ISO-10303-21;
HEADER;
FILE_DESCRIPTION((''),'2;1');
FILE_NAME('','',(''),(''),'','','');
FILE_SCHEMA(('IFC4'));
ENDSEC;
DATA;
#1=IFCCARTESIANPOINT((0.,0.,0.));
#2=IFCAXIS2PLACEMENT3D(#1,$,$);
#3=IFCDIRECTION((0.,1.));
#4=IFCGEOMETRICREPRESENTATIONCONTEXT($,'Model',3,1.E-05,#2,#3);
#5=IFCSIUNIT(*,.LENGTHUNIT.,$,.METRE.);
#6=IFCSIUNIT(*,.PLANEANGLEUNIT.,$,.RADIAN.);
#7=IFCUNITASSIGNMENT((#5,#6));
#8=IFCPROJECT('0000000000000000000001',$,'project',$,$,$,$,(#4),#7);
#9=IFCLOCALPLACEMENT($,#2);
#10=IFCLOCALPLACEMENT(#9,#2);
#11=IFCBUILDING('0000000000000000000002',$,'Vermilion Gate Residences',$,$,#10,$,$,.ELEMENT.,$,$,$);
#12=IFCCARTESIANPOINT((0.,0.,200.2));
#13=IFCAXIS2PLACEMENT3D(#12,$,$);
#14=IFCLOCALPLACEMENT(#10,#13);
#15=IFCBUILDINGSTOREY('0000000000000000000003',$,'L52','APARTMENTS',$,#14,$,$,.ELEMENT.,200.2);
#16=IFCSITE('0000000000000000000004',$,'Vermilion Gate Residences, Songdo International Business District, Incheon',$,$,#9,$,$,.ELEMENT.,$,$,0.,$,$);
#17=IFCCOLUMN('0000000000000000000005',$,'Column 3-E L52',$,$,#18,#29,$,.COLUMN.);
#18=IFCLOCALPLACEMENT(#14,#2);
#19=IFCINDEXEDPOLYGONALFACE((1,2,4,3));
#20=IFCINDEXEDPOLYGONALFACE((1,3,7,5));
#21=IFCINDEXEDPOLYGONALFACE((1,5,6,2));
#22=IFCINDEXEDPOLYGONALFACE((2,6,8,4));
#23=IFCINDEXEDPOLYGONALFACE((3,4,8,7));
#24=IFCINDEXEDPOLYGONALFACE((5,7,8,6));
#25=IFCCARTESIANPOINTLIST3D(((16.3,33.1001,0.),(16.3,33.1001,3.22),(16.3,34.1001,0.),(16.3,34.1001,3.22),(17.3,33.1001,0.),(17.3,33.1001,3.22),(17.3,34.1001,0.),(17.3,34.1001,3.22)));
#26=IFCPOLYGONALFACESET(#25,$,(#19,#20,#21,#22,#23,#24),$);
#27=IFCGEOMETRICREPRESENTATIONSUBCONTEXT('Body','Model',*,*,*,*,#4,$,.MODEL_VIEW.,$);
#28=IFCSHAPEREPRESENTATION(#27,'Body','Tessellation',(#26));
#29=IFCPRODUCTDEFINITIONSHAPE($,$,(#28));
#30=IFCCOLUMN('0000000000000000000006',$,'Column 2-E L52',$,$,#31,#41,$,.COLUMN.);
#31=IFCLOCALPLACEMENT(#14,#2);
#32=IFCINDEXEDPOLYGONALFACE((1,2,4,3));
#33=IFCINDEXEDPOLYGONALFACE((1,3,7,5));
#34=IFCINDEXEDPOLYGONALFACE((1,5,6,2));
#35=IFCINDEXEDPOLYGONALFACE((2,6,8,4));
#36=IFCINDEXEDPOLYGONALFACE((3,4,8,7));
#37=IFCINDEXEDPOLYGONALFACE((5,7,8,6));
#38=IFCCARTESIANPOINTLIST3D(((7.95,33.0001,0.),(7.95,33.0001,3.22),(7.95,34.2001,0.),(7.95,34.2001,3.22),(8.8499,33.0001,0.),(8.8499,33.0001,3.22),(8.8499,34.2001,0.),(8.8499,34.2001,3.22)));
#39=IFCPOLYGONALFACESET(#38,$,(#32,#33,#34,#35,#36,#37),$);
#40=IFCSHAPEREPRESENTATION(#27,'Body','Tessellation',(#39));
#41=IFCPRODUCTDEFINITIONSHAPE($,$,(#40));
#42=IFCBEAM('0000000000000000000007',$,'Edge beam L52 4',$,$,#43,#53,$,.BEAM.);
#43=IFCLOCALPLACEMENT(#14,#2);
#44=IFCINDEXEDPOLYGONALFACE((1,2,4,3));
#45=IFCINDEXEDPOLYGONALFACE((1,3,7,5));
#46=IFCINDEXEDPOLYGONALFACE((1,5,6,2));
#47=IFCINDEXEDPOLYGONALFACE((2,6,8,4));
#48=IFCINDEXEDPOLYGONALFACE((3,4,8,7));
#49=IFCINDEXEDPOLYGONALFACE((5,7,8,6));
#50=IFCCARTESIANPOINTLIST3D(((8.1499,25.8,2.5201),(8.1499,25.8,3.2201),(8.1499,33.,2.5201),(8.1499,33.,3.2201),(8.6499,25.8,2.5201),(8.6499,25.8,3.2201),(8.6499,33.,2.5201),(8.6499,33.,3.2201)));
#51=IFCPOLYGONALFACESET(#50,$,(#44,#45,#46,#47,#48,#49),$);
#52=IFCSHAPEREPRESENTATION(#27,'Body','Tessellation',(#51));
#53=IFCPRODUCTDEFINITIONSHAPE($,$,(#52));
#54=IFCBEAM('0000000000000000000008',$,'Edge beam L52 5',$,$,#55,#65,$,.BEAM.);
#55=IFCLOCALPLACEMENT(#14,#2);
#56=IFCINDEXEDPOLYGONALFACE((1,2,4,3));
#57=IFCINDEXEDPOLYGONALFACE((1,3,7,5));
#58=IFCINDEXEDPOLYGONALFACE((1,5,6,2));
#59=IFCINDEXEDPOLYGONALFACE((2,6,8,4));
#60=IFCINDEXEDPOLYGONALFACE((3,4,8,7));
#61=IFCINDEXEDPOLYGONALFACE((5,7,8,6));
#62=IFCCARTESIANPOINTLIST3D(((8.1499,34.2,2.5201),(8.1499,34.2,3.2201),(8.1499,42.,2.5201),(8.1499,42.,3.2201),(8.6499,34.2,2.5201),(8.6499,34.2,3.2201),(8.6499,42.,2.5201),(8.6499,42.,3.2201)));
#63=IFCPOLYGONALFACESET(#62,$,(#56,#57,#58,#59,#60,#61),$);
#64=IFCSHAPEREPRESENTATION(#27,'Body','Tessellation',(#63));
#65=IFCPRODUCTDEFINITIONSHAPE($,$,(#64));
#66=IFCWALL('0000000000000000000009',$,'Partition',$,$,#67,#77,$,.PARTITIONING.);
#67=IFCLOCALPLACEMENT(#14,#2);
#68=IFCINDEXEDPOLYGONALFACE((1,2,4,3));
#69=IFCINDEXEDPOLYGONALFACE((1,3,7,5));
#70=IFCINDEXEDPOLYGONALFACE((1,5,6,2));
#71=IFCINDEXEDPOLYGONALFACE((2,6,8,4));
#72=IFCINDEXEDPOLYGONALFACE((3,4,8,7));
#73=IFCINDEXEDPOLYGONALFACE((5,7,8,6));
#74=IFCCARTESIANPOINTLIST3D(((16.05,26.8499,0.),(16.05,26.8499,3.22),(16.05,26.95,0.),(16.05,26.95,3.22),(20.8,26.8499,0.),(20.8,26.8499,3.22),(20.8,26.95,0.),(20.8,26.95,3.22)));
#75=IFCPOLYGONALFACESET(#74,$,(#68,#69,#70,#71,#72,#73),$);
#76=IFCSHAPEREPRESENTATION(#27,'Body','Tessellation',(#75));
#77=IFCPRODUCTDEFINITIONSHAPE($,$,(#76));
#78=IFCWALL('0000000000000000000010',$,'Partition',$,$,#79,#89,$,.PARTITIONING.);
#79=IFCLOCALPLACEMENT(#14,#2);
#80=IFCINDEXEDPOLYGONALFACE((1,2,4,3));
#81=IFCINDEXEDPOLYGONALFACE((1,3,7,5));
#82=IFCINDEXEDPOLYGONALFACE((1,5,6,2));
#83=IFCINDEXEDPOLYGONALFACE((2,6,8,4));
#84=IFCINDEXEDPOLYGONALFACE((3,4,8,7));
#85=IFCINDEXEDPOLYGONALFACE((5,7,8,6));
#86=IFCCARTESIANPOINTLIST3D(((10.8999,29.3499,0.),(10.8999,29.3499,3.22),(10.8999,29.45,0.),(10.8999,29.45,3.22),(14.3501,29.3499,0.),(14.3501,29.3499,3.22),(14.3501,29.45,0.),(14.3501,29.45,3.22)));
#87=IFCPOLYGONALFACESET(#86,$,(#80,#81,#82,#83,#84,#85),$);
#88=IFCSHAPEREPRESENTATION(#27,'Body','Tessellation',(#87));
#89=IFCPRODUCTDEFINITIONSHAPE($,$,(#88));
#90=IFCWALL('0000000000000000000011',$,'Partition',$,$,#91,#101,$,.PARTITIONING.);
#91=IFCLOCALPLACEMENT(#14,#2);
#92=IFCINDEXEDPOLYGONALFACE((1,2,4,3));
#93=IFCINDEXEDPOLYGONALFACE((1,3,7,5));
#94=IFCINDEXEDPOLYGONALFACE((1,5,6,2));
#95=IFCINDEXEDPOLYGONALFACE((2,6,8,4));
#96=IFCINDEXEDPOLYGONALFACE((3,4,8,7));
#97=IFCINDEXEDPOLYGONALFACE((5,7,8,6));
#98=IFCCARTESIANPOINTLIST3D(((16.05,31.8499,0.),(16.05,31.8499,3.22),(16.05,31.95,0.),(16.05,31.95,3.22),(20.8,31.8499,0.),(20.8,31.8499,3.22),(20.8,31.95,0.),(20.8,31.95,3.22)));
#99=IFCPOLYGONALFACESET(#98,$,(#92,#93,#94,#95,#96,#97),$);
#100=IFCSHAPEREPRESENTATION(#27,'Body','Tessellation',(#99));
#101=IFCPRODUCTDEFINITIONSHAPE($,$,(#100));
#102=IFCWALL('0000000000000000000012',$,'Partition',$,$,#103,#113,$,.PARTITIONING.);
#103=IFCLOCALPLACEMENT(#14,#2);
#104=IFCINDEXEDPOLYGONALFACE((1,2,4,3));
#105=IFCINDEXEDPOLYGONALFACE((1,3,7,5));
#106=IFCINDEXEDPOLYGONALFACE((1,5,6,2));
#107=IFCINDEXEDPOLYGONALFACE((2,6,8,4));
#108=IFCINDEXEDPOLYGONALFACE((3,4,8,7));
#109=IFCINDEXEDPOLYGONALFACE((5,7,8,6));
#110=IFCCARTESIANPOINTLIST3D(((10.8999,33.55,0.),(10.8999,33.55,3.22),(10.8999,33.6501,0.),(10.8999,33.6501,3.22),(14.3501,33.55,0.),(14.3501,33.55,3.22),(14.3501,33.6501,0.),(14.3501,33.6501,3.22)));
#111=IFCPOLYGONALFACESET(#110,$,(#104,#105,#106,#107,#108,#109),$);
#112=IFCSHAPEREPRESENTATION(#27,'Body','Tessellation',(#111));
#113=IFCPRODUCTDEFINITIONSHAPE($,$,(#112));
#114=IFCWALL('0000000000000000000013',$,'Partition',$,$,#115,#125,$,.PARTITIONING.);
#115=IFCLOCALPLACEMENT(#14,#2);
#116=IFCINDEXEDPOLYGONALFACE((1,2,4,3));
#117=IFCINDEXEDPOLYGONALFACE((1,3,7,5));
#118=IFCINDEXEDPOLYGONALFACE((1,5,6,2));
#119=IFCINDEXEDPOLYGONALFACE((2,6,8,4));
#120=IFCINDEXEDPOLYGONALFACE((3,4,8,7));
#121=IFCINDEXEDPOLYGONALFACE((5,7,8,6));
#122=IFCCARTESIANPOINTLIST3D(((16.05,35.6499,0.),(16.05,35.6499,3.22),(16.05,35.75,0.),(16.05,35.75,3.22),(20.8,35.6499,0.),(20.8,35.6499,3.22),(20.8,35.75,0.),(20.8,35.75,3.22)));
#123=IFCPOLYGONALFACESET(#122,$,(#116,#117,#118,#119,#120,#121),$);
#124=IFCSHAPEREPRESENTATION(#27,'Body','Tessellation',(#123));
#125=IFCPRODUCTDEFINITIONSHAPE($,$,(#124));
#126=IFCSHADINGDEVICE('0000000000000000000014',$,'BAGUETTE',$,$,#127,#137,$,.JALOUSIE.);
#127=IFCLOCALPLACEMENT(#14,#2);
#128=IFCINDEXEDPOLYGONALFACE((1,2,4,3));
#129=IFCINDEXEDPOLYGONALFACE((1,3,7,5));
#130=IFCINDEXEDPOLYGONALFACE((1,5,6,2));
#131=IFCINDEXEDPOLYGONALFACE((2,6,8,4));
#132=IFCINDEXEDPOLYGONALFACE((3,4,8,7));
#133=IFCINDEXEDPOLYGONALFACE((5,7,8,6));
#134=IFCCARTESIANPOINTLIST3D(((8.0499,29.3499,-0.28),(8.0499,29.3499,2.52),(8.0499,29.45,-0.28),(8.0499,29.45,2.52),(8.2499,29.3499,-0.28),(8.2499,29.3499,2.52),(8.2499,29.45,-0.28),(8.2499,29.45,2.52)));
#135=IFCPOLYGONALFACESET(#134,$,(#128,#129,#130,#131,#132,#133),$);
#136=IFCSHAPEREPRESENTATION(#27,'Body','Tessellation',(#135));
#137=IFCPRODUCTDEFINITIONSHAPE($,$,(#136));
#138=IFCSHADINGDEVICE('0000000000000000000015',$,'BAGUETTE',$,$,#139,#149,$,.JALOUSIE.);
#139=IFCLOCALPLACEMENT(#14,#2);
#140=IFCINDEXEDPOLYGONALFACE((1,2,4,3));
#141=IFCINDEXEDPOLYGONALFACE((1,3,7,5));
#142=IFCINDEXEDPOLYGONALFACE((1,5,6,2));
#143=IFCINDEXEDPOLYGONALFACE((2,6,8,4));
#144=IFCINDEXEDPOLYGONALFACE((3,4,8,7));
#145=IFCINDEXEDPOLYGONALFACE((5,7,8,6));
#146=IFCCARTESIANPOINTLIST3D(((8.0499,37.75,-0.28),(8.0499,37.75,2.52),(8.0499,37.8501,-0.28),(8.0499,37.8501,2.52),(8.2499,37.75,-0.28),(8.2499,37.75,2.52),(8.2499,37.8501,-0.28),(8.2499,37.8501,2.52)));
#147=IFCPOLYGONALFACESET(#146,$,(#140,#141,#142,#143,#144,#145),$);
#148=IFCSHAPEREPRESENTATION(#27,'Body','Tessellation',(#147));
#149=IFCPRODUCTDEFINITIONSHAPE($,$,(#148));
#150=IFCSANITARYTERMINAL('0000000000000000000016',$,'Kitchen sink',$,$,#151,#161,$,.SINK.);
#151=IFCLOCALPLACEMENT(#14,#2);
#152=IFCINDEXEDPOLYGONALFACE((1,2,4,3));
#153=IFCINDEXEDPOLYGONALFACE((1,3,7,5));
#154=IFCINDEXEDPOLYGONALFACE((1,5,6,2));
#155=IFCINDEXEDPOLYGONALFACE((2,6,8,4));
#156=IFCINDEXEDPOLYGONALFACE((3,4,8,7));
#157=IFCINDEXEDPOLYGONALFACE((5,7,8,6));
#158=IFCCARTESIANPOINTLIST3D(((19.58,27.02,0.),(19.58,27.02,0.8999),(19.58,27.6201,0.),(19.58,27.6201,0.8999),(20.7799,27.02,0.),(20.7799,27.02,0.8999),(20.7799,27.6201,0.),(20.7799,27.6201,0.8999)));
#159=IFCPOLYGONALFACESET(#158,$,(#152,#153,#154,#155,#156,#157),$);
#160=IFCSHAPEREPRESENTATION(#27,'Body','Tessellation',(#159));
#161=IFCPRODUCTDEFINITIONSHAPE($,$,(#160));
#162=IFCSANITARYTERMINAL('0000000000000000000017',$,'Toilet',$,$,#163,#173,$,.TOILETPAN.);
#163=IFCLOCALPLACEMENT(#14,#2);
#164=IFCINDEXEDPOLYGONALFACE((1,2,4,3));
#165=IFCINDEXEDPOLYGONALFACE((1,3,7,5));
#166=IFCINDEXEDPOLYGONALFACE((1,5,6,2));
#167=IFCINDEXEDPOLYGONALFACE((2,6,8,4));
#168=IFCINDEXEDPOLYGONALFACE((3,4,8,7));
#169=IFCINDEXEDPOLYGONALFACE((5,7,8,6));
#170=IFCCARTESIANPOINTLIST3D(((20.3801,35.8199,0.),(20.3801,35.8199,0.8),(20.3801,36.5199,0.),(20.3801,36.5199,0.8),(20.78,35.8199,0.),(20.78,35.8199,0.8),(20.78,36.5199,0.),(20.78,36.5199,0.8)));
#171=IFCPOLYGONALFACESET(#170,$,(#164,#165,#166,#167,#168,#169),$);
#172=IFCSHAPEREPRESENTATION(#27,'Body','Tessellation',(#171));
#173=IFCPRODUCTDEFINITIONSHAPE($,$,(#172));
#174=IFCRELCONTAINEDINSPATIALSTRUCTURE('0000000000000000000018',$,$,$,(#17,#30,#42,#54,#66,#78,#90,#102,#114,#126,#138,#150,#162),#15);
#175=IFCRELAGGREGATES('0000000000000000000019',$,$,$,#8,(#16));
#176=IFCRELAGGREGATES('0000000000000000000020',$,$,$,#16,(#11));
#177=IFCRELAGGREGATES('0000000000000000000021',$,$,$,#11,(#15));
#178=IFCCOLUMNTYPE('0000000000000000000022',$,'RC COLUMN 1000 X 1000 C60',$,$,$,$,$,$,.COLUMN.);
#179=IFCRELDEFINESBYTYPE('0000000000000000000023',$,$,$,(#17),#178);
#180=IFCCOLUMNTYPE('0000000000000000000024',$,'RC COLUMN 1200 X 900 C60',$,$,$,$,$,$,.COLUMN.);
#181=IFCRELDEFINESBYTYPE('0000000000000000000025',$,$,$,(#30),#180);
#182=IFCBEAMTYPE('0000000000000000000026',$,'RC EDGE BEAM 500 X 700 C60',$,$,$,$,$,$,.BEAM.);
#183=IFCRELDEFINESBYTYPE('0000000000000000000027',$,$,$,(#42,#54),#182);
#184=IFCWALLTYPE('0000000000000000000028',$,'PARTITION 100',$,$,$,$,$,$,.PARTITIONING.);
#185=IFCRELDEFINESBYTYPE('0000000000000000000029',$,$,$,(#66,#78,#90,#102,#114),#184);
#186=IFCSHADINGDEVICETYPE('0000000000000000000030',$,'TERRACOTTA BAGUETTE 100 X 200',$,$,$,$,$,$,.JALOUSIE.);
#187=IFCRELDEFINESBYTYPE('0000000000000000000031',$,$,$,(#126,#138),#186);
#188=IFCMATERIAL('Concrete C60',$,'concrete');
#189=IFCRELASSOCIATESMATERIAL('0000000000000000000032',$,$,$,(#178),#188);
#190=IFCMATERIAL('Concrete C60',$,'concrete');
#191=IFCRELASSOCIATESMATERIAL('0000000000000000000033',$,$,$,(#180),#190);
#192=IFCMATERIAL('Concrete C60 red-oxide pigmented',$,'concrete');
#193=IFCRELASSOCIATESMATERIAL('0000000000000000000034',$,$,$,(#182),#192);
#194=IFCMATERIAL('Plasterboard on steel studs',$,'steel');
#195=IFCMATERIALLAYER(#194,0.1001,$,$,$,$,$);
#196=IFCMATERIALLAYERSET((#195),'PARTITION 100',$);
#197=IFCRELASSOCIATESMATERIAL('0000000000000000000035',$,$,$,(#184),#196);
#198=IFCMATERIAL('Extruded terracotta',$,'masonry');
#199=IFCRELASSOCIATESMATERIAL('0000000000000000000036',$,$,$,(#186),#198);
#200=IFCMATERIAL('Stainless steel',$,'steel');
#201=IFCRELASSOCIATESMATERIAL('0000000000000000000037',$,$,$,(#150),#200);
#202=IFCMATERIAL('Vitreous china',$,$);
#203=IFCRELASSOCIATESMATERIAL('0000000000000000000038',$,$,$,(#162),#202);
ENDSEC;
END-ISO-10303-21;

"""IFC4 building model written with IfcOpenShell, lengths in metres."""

from ifc_helpers import new_model, si_unit, direction, frame, frame_2d, origin, origin_2d, place, context, subcontext, project, spatial, rectangle, extrude, material, layer, layer_set, material_profile, profile_set, type_object, element, save


model = new_model("IFC4")

# Units and contexts
model_context = context("Model", 3, precision=1e-05, world=origin(), true_north=direction((0.0, 1.0)))
body_context = subcontext(model_context, "Body", "Model", "MODEL_VIEW")
ifc_project = project(units=[si_unit("LENGTHUNIT", "METRE"), si_unit("PLANEANGLEUNIT", "RADIAN")], contexts=[model_context])

# Site, building, storey
site_placement = place(None, origin())
site = spatial("IfcSite", under=ifc_project, at=site_placement, Name="Vermilion Gate Residences, Songdo International Business District, Incheon", CompositionType="ELEMENT", RefElevation=0.0)
building_placement = place(site_placement, origin())
building = spatial("IfcBuilding", under=site, at=building_placement, Name="Vermilion Gate Residences", CompositionType="ELEMENT")
storey_placement = place(building_placement, frame((0.0, 0.0, 200.2)))
storey = spatial("IfcBuildingStorey", under=building, at=storey_placement, Name="L52", Description="APARTMENTS", CompositionType="ELEMENT", Elevation=200.2)

# Columns
ifc_material_1 = material(Name="Concrete C60", Category="concrete")
ifc_material_profile_1 = material_profile(ifc_material_1, rectangle(XDim=1.0, YDim=1.0, at=origin_2d()), Name="RC-1000x1000")
ifc_profile_set_1 = profile_set([ifc_material_profile_1], Name="Concrete C60")
column_type_1 = type_object("IfcColumnType", Name="RC COLUMN 1000 X 1000 C60", PredefinedType="COLUMN", material=ifc_profile_set_1)
column_1_placement = place(storey_placement, frame((16.8, 33.6001, 0.0), z_axis=(0.0, 0.0, 1.0), x_axis=(1.0, 0.0, 0.0)))
element("IfcColumn", 1, at=column_1_placement, inside=storey, type_object=column_type_1, Name="Column 3-E L52", PredefinedType="COLUMN", context=body_context, shape_type="SweptSolid", body=[
    extrude(rectangle(XDim=1.0, YDim=1.0, at=origin_2d()), origin(), (0.0, 0.0, 1.0), 3.22),
])
ifc_material_2 = material(Name="Concrete C60", Category="concrete")
ifc_material_profile_2 = material_profile(ifc_material_2, rectangle(XDim=1.2, YDim=0.8999, at=origin_2d()), Name="RC-1200x900")
ifc_profile_set_2 = profile_set([ifc_material_profile_2], Name="Concrete C60")
column_type_2 = type_object("IfcColumnType", Name="RC COLUMN 1200 X 900 C60", PredefinedType="COLUMN", material=ifc_profile_set_2)
column_2_placement = place(storey_placement, frame((8.3999, 33.6001, 0.0), z_axis=(0.0, 0.0, 1.0), x_axis=(0.0, 1.0, 0.0)))
element("IfcColumn", 2, at=column_2_placement, inside=storey, type_object=column_type_2, Name="Column 2-E L52", PredefinedType="COLUMN", context=body_context, shape_type="SweptSolid", body=[
    extrude(rectangle(XDim=1.2, YDim=0.8999, at=origin_2d()), origin(), (0.0, 0.0, 1.0), 3.22),
])

# Beams
ifc_material_3 = material(Name="Concrete C60 red-oxide pigmented", Category="concrete")
ifc_material_profile_3 = material_profile(ifc_material_3, rectangle(XDim=0.5, YDim=0.7, at=origin_2d()), Name="RC-500x700")
ifc_profile_set_3 = profile_set([ifc_material_profile_3], Name="Concrete C60 red-oxide pigmented")
beam_type = type_object("IfcBeamType", Name="RC EDGE BEAM 500 X 700 C60", PredefinedType="BEAM", material=ifc_profile_set_3)
beam_1_placement = place(storey_placement, frame((8.3999, 25.8, 2.8701), z_axis=(0.0, 1.0, 0.0), x_axis=(-1.0, 0.0, 0.0)))
element("IfcBeam", 3, at=beam_1_placement, inside=storey, type_object=beam_type, Name="Edge beam L52 4", PredefinedType="BEAM", context=body_context, shape_type="SweptSolid", body=[
    extrude(rectangle(XDim=0.5, YDim=0.7, at=origin_2d()), origin(), (0.0, 0.0, 1.0), 7.2),
])
beam_2_placement = place(storey_placement, frame((8.3999, 34.2, 2.8701), z_axis=(0.0, 1.0, 0.0), x_axis=(-1.0, 0.0, 0.0)))
element("IfcBeam", 4, at=beam_2_placement, inside=storey, type_object=beam_type, Name="Edge beam L52 5", PredefinedType="BEAM", context=body_context, shape_type="SweptSolid", body=[
    extrude(rectangle(XDim=0.5, YDim=0.7, at=origin_2d()), origin(), (0.0, 0.0, 1.0), 7.8),
])

# Walls
ifc_material_4 = material(Name="Plasterboard on steel studs", Category="steel")
ifc_layer = layer(ifc_material_4, 0.1001)
ifc_layer_set = layer_set([ifc_layer], Name="PARTITION 100")
wall_type = type_object("IfcWallType", Name="PARTITION 100", PredefinedType="PARTITIONING", material=ifc_layer_set)
wall_1_placement = place(storey_placement, frame((16.05, 26.8999, 0.0), z_axis=(0.0, 0.0, 1.0), x_axis=(1.0, 0.0, 0.0)))
element("IfcWall", 5, at=wall_1_placement, inside=storey, type_object=wall_type, Name="Partition", PredefinedType="PARTITIONING", context=body_context, shape_type="SweptSolid", body=[
    extrude(rectangle(XDim=4.75, YDim=0.1001, at=frame_2d((2.375, 0.0))), origin(), (0.0, 0.0, 1.0), 3.22),
])
wall_2_placement = place(storey_placement, frame((10.8999, 29.3999, 0.0), z_axis=(0.0, 0.0, 1.0), x_axis=(1.0, 0.0, 0.0)))
element("IfcWall", 6, at=wall_2_placement, inside=storey, type_object=wall_type, Name="Partition", PredefinedType="PARTITIONING", context=body_context, shape_type="SweptSolid", body=[
    extrude(rectangle(XDim=3.4502, YDim=0.1001, at=frame_2d((1.7251, 0.0))), origin(), (0.0, 0.0, 1.0), 3.22),
])
wall_3_placement = place(storey_placement, frame((16.05, 31.8999, 0.0), z_axis=(0.0, 0.0, 1.0), x_axis=(1.0, 0.0, 0.0)))
element("IfcWall", 7, at=wall_3_placement, inside=storey, type_object=wall_type, Name="Partition", PredefinedType="PARTITIONING", context=body_context, shape_type="SweptSolid", body=[
    extrude(rectangle(XDim=4.75, YDim=0.1001, at=frame_2d((2.375, 0.0))), origin(), (0.0, 0.0, 1.0), 3.22),
])
wall_4_placement = place(storey_placement, frame((10.8999, 33.6001, 0.0), z_axis=(0.0, 0.0, 1.0), x_axis=(1.0, 0.0, 0.0)))
element("IfcWall", 8, at=wall_4_placement, inside=storey, type_object=wall_type, Name="Partition", PredefinedType="PARTITIONING", context=body_context, shape_type="SweptSolid", body=[
    extrude(rectangle(XDim=3.4502, YDim=0.1001, at=frame_2d((1.7251, 0.0))), origin(), (0.0, 0.0, 1.0), 3.22),
])
wall_5_placement = place(storey_placement, frame((16.05, 35.7, 0.0), z_axis=(0.0, 0.0, 1.0), x_axis=(1.0, 0.0, 0.0)))
element("IfcWall", 9, at=wall_5_placement, inside=storey, type_object=wall_type, Name="Partition", PredefinedType="PARTITIONING", context=body_context, shape_type="SweptSolid", body=[
    extrude(rectangle(XDim=4.75, YDim=0.1001, at=frame_2d((2.375, 0.0))), origin(), (0.0, 0.0, 1.0), 3.22),
])

# Shading devices
ifc_material_5 = material(Name="Extruded terracotta", Category="masonry")
ifc_material_profile_4 = material_profile(ifc_material_5, rectangle(XDim=0.2, YDim=0.1001, at=origin_2d()), Name="BAGUETTE 100 X 200")
ifc_profile_set_4 = profile_set([ifc_material_profile_4], Name="Extruded terracotta")
shading_device_type = type_object("IfcShadingDeviceType", Name="TERRACOTTA BAGUETTE 100 X 200", PredefinedType="JALOUSIE", material=ifc_profile_set_4)
for number, where, z_axis, x_axis, name in (
    (10, (8.1499, 29.3999, -0.28), (0.0, 0.0, 1.0), (1.0, 0.0, 0.0), "BAGUETTE"),
    (11, (8.1499, 37.8, -0.28), (0.0, 0.0, 1.0), (1.0, 0.0, 0.0), "BAGUETTE"),
):
    element("IfcShadingDevice", number, at=place(storey_placement, frame(where, z_axis=z_axis, x_axis=x_axis)), inside=storey, type_object=shading_device_type, Name=name, PredefinedType="JALOUSIE", context=body_context, shape_type="SweptSolid", body=[
        extrude(rectangle(XDim=0.2, YDim=0.1001, at=origin_2d()), origin(), (0.0, 0.0, 1.0), 2.8),
    ])

# Sanitary terminals
ifc_material_6 = material(Name="Stainless steel", Category="steel")
sanitary_terminal_1_placement = place(storey_placement, frame((20.1799, 27.3201, 0.0), z_axis=(0.0, 0.0, 1.0), x_axis=(1.0, 0.0, 0.0)))
element("IfcSanitaryTerminal", 12, at=sanitary_terminal_1_placement, inside=storey, material=ifc_material_6, Name="Kitchen sink", PredefinedType="SINK", context=body_context, shape_type="SweptSolid", body=[
    extrude(rectangle(XDim=1.2, YDim=0.6001, at=origin_2d()), origin(), (0.0, 0.0, 1.0), 0.8999),
])
ifc_material_7 = material(Name="Vitreous china")
sanitary_terminal_2_placement = place(storey_placement, frame((20.5801, 36.1699, 0.0), z_axis=(0.0, 0.0, 1.0), x_axis=(1.0, 0.0, 0.0)))
element("IfcSanitaryTerminal", 13, at=sanitary_terminal_2_placement, inside=storey, material=ifc_material_7, Name="Toilet", PredefinedType="TOILETPAN", context=body_context, shape_type="SweptSolid", body=[
    extrude(rectangle(XDim=0.3999, YDim=0.7, at=origin_2d()), origin(), (0.0, 0.0, 1.0), 0.8),
])

save(model, "model.ifc")
